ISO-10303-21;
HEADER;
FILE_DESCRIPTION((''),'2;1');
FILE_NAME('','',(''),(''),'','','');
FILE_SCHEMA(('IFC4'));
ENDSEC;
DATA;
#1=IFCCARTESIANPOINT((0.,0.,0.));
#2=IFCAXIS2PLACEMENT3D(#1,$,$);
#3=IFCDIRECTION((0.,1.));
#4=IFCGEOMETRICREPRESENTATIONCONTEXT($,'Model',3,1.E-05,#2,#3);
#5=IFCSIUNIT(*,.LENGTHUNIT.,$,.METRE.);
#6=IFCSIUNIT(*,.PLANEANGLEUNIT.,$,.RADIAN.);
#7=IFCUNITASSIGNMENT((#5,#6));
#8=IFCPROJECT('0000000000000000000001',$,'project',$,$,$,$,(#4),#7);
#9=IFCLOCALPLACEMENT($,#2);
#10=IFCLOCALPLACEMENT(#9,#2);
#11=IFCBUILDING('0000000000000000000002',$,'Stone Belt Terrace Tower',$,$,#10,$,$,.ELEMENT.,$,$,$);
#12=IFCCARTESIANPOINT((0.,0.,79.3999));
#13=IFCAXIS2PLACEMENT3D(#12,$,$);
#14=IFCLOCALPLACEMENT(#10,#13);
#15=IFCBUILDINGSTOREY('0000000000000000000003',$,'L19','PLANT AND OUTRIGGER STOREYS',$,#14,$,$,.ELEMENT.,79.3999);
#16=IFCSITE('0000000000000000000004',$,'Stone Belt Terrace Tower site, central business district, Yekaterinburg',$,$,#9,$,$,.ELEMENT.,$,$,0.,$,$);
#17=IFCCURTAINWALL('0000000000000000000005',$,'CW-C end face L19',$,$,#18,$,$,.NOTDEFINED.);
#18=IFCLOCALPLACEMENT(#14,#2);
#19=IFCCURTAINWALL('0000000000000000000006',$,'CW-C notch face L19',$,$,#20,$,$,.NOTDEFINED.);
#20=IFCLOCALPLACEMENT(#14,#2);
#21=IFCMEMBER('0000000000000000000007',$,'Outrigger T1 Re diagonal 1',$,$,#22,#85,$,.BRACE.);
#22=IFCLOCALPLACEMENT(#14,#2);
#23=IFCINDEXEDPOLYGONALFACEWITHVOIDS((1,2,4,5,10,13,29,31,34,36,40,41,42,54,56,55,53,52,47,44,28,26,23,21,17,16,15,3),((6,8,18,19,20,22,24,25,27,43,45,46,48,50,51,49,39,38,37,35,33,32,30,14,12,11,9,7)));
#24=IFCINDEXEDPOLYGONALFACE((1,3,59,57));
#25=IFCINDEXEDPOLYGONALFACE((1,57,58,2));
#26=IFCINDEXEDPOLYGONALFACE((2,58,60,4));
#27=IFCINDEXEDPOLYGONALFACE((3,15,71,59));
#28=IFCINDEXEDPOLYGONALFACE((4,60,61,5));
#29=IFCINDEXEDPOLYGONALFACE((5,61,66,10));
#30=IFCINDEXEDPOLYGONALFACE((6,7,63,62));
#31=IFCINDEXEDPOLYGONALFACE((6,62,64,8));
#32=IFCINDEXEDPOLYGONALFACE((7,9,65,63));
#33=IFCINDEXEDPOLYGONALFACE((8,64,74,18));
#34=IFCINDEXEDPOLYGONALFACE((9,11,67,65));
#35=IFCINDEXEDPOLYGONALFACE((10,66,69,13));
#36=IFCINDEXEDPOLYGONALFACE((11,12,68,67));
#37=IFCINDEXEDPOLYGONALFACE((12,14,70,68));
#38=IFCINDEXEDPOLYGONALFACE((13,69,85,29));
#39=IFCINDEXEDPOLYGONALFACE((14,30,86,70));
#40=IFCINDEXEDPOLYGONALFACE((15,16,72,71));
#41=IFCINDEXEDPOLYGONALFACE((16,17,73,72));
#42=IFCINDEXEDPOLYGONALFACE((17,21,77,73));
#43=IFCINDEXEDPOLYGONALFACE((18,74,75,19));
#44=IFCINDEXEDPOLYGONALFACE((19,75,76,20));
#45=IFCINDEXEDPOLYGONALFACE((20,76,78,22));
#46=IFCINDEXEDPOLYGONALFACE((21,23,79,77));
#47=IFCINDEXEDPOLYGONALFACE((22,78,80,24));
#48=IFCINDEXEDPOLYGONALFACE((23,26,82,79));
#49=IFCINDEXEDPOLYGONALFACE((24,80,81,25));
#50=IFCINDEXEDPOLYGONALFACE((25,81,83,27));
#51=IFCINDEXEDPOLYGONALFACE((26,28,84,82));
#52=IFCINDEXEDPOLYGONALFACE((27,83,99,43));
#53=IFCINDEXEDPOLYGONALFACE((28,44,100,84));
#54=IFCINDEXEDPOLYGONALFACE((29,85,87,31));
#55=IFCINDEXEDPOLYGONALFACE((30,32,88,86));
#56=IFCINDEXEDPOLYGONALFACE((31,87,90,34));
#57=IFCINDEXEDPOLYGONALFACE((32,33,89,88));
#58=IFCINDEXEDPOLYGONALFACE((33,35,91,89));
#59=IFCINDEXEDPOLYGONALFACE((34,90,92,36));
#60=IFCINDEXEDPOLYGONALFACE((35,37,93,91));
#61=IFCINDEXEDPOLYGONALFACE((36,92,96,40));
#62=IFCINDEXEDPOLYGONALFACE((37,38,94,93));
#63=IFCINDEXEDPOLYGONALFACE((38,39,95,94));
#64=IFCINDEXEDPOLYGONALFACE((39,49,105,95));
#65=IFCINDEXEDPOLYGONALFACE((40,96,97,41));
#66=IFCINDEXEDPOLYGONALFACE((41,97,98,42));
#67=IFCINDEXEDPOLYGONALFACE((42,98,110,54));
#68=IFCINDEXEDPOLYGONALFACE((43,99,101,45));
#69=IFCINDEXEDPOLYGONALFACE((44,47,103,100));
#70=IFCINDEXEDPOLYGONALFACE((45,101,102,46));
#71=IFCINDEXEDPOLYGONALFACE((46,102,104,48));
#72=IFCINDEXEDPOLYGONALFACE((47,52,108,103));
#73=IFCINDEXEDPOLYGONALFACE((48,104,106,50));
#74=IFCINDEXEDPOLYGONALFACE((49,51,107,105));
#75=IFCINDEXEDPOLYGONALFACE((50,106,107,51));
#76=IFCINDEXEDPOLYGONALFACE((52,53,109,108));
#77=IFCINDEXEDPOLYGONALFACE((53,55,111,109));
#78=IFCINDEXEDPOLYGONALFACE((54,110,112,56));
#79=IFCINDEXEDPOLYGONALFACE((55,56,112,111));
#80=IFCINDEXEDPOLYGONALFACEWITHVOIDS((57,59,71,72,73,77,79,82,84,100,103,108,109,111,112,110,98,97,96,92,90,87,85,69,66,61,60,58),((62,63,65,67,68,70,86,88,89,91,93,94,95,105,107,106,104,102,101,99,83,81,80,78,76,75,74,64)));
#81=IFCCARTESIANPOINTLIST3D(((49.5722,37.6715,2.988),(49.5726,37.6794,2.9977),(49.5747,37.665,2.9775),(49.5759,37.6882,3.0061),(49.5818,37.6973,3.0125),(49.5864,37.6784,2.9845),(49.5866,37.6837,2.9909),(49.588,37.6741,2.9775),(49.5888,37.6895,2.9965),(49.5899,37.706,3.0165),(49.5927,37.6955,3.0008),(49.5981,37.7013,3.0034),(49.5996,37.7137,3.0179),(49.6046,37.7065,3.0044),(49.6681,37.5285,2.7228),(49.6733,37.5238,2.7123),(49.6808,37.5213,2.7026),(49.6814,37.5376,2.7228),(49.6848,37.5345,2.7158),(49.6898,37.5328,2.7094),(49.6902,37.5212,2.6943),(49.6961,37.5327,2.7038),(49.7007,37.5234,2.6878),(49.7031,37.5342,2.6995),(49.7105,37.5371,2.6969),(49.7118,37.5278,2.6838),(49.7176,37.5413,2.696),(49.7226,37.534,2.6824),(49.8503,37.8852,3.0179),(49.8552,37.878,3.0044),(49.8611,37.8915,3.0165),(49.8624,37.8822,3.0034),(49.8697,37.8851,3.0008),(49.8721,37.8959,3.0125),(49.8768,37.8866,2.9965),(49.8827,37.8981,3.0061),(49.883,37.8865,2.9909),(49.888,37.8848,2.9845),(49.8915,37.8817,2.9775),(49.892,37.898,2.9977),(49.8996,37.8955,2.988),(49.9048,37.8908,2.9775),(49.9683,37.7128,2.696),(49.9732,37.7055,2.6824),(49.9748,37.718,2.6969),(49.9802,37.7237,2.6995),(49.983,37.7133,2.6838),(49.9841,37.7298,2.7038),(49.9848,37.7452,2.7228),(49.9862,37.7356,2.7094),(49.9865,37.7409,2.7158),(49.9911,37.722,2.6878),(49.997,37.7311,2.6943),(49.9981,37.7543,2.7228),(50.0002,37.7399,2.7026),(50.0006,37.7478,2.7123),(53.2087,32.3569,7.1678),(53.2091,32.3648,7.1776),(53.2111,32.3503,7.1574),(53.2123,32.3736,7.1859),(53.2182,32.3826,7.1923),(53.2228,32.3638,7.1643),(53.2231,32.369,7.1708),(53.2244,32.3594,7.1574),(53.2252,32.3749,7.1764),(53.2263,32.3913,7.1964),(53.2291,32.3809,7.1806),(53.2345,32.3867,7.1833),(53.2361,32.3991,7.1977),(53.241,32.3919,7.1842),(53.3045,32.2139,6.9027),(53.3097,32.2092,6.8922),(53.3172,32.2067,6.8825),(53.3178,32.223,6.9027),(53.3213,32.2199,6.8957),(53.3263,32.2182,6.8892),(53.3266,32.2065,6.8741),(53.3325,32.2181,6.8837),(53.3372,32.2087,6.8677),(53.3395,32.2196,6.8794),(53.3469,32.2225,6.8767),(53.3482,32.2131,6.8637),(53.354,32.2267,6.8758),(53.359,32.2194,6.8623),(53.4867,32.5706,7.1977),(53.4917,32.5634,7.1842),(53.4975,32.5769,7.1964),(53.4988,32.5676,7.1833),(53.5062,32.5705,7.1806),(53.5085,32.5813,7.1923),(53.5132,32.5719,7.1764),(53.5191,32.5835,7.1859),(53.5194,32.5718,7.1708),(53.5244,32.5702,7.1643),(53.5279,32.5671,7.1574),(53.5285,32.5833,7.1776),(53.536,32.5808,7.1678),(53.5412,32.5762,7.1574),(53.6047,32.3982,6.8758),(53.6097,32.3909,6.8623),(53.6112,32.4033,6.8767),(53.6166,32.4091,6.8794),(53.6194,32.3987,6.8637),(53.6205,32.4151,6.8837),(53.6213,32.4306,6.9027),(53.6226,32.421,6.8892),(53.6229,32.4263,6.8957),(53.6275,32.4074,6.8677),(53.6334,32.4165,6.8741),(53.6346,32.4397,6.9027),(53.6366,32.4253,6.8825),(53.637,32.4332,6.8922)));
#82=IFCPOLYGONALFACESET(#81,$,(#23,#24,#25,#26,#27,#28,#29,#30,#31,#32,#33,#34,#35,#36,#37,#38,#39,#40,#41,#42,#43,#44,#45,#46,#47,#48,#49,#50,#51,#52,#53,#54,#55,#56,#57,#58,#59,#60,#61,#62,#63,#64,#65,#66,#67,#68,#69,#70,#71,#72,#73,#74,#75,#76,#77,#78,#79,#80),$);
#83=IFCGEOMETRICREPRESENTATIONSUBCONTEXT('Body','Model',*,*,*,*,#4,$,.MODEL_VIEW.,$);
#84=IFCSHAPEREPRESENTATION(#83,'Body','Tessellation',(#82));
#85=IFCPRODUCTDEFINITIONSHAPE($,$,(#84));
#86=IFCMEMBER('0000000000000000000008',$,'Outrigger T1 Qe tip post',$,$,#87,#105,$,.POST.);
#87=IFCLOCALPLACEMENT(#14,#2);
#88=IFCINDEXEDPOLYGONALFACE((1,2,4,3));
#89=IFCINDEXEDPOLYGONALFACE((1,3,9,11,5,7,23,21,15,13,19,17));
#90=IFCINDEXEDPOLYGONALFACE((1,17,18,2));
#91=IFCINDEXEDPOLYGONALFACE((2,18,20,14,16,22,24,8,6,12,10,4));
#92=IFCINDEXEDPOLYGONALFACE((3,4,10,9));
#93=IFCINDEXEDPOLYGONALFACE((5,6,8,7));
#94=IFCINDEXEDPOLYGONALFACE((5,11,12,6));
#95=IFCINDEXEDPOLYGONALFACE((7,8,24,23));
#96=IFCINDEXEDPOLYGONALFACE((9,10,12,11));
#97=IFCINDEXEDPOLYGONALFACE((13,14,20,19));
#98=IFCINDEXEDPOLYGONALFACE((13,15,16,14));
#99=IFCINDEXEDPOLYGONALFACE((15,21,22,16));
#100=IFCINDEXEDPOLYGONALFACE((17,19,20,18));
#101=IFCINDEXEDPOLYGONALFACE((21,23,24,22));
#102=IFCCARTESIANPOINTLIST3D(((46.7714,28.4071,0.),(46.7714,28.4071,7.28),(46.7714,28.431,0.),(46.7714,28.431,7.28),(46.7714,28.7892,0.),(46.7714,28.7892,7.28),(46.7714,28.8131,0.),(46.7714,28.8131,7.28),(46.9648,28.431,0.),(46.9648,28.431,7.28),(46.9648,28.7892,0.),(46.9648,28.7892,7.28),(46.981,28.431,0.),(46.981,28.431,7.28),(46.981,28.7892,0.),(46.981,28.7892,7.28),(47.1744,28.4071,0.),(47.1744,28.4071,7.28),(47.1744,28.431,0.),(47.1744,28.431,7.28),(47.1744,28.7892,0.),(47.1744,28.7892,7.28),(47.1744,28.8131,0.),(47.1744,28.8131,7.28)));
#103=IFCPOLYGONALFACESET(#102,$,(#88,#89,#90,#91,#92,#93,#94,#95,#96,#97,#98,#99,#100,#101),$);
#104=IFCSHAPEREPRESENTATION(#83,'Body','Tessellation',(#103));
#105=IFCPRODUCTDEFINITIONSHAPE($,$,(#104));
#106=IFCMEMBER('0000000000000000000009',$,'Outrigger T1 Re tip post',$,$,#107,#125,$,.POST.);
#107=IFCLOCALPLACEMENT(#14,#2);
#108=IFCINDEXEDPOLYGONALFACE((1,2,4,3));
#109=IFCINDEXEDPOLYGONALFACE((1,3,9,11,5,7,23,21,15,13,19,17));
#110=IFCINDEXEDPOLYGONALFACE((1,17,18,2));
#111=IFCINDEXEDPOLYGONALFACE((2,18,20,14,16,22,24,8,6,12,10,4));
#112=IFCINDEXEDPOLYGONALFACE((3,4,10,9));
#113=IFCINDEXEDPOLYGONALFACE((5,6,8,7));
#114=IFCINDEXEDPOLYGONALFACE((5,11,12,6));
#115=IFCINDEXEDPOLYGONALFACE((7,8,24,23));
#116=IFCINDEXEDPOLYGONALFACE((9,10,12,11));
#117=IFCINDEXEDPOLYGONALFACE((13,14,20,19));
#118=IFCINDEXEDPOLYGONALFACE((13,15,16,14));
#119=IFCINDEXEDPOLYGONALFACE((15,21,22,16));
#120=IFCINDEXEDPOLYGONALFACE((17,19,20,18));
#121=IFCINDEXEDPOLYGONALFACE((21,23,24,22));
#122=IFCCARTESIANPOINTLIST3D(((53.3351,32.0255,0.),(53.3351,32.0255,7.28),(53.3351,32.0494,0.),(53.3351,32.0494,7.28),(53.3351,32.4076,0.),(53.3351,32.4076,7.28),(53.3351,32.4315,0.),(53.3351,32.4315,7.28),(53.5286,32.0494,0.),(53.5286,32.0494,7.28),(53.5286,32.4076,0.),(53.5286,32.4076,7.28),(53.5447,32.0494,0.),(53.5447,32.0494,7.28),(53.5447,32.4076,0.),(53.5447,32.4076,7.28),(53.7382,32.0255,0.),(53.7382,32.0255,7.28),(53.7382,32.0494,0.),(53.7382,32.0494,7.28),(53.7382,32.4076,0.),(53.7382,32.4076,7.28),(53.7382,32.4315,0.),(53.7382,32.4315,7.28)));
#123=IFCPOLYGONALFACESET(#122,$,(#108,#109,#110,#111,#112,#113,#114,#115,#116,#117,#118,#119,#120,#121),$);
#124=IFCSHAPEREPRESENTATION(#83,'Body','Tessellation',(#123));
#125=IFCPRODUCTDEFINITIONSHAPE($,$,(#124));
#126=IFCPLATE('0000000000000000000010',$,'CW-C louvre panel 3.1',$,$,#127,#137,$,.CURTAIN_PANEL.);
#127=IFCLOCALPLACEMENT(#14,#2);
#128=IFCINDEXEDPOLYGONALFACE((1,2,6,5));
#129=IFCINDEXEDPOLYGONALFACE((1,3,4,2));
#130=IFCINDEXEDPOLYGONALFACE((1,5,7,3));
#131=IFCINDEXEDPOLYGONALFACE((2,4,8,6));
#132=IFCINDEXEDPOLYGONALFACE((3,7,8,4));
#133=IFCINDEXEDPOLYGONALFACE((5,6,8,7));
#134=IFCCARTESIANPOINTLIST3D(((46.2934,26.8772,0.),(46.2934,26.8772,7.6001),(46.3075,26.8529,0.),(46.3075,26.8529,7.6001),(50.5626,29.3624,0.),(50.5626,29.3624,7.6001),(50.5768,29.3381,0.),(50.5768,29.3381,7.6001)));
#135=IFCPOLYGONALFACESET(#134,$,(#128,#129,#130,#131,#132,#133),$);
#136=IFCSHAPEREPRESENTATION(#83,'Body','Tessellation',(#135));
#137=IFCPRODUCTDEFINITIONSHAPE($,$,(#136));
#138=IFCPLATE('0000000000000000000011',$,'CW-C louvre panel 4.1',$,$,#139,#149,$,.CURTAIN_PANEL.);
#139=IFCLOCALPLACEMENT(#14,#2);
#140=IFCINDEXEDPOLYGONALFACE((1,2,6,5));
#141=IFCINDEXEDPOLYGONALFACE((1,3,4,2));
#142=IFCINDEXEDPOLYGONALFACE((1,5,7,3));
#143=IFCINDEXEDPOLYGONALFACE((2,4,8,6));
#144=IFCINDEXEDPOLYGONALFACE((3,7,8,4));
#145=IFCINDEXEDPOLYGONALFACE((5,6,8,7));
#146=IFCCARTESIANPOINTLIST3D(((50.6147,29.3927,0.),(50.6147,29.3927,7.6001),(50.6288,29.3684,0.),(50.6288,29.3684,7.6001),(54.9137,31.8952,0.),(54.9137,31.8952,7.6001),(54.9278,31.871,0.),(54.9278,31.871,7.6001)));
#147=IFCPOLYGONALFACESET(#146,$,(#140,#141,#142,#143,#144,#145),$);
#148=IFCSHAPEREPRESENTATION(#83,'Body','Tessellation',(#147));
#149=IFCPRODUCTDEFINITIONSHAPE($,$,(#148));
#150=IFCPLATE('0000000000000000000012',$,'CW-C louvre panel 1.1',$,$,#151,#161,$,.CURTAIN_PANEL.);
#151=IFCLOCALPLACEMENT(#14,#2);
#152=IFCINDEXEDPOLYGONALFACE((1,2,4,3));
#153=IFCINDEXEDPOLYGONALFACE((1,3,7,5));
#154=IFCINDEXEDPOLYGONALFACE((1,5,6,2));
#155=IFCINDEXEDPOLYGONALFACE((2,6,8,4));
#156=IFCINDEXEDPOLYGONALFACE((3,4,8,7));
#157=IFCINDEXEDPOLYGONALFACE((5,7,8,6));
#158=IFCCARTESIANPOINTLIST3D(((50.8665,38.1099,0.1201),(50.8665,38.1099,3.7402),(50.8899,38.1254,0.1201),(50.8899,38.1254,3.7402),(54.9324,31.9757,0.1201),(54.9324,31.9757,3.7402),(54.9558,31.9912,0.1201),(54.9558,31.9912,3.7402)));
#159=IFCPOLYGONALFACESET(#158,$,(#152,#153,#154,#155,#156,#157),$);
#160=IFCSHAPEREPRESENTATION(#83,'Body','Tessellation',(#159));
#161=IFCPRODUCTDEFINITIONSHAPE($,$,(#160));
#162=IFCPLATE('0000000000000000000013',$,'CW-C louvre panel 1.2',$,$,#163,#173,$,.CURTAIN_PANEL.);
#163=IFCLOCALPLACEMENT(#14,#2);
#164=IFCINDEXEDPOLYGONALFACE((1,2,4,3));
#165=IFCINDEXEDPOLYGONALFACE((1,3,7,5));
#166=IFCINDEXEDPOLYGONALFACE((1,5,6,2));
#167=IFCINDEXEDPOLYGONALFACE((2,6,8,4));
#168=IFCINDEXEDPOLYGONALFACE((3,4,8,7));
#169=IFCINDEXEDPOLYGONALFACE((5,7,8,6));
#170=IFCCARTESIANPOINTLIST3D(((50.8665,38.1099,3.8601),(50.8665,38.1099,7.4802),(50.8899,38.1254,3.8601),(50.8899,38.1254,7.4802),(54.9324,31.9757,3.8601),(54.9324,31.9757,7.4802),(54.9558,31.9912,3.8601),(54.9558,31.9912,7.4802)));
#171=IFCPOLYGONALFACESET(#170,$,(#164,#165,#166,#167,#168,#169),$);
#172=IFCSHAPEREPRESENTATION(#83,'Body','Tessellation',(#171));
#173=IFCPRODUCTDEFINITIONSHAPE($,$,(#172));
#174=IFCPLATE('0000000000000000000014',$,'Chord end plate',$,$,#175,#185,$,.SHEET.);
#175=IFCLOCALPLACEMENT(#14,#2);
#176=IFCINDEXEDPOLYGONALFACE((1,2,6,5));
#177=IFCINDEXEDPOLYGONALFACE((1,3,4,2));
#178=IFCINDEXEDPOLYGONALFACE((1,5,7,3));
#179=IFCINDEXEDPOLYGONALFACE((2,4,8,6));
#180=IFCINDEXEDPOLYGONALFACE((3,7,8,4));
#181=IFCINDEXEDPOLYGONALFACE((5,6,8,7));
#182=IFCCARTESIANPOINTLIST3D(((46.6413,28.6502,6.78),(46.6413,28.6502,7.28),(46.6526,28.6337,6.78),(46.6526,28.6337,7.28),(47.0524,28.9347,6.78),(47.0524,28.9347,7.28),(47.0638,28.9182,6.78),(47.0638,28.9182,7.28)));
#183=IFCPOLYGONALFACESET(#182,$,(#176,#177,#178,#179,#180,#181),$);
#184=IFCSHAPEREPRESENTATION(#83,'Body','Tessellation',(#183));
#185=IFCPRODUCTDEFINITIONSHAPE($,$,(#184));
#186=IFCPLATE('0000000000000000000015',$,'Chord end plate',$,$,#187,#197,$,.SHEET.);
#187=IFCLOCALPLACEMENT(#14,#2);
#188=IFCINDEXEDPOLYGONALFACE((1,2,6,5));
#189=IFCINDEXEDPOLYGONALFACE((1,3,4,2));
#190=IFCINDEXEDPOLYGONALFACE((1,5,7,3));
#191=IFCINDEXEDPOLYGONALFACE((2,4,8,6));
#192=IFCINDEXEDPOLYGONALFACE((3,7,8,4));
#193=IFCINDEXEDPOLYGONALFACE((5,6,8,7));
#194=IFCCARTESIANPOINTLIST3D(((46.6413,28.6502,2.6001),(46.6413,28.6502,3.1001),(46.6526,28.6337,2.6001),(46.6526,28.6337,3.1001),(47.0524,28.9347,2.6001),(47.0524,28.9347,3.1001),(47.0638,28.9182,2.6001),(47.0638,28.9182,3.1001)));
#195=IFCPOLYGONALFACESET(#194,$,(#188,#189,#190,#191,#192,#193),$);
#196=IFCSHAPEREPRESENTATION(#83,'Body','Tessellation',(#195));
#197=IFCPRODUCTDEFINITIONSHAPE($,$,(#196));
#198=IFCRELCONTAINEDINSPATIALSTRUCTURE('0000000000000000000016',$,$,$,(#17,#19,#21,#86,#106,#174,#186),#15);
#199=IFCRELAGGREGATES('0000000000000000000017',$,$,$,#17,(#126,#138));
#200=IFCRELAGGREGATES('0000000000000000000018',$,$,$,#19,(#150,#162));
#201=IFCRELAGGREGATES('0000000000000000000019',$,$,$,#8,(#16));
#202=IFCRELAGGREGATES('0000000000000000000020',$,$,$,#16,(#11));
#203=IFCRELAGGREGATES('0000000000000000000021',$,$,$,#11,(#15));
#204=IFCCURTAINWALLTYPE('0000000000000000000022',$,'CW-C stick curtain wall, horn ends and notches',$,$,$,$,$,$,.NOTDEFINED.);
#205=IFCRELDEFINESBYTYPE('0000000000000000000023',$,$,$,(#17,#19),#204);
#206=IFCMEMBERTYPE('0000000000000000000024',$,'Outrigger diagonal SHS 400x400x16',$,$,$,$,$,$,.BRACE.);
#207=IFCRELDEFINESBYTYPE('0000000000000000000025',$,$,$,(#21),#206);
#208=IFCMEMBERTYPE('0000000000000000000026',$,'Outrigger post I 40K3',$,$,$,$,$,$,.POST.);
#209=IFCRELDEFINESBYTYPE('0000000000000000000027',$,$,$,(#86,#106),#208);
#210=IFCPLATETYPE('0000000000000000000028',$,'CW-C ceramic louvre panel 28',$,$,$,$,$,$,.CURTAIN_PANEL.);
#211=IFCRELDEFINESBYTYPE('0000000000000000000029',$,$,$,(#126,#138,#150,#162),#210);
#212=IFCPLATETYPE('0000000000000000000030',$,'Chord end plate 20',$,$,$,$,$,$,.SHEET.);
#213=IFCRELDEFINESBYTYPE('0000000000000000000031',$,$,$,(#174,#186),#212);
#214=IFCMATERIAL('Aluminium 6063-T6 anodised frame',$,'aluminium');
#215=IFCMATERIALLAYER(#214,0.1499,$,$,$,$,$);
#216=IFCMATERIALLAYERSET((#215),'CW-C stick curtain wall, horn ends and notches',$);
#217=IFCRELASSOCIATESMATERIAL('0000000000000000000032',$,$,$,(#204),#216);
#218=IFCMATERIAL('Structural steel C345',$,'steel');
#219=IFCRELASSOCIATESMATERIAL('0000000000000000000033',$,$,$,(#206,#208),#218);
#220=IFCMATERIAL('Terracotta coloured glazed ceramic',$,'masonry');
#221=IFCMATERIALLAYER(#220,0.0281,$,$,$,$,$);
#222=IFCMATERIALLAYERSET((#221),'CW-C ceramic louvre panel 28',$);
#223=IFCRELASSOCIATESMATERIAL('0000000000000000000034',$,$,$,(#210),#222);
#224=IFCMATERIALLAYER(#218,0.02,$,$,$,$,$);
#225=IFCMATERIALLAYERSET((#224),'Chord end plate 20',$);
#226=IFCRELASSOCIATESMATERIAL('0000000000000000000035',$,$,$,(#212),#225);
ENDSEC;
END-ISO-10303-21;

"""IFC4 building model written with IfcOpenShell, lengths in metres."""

from ifc_helpers import new_model, si_unit, direction, frame, origin, origin_2d, place, context, subcontext, project, spatial, rectangle, hollow_rectangle, i_section, extrude, material, layer, layer_set, material_profile, profile_set, type_object, element, aggregate, save


model = new_model("IFC4")

# Units and contexts
model_context = context("Model", 3, precision=1e-05, world=origin(), true_north=direction((0.0, 1.0)))
body_context = subcontext(model_context, "Body", "Model", "MODEL_VIEW")
ifc_project = project(units=[si_unit("LENGTHUNIT", "METRE"), si_unit("PLANEANGLEUNIT", "RADIAN")], contexts=[model_context])

# Site, building, storey
site_placement = place(None, origin())
site = spatial("IfcSite", under=ifc_project, at=site_placement, Name="Stone Belt Terrace Tower site, central business district, Yekaterinburg", CompositionType="ELEMENT", RefElevation=0.0)
building_placement = place(site_placement, origin())
building = spatial("IfcBuilding", under=site, at=building_placement, Name="Stone Belt Terrace Tower", CompositionType="ELEMENT")
storey_placement = place(building_placement, frame((0.0, 0.0, 79.3999)))
storey = spatial("IfcBuildingStorey", under=building, at=storey_placement, Name="L19", Description="PLANT AND OUTRIGGER STOREYS", CompositionType="ELEMENT", Elevation=79.3999)

# Curtain wall
ifc_material_1 = material(Name="Aluminium 6063-T6 anodised frame", Category="aluminium")
ifc_layer_1 = layer(ifc_material_1, 0.1499)
ifc_layer_set_1 = layer_set([ifc_layer_1], Name="CW-C stick curtain wall, horn ends and notches")
curtain_wall_type = type_object("IfcCurtainWallType", Name="CW-C stick curtain wall, horn ends and notches", PredefinedType="NOTDEFINED", material=ifc_layer_set_1)
curtain_wall_1_placement = place(storey_placement, origin())
curtain_wall_1 = element("IfcCurtainWall", 1, at=curtain_wall_1_placement, inside=storey, type_object=curtain_wall_type, Name="CW-C end face L19", PredefinedType="NOTDEFINED")

# Curtain wall
curtain_wall_2_placement = place(storey_placement, origin())
curtain_wall_2 = element("IfcCurtainWall", 2, at=curtain_wall_2_placement, inside=storey, type_object=curtain_wall_type, Name="CW-C notch face L19", PredefinedType="NOTDEFINED")

# Members
ifc_material_2 = material(Name="Structural steel C345", Category="steel")
ifc_material_profile_1 = material_profile(ifc_material_2, hollow_rectangle(XDim=0.3999, YDim=0.3999, WallThickness=0.0161, InnerFilletRadius=0.032, OuterFilletRadius=0.0481, at=origin_2d()), Name="SHS 400x400x16")
ifc_profile_set_1 = profile_set([ifc_material_profile_1], Name="Structural steel C345")
member_type_1 = type_object("IfcMemberType", Name="Outrigger diagonal SHS 400x400x16", PredefinedType="BRACE", material=ifc_profile_set_1)
member_1_placement = place(storey_placement, frame((53.4229, 32.395, 7.03), z_axis=(-0.473662, 0.692256, -0.544449), x_axis=(-0.8253, -0.564695, 0.0)))
element("IfcMember", 3, at=member_1_placement, inside=storey, type_object=member_type_1, Name="Outrigger T1 Re diagonal 1", PredefinedType="BRACE", context=body_context, shape_type="SweptSolid", body=[
    extrude(hollow_rectangle(XDim=0.3999, YDim=0.3999, WallThickness=0.0161, InnerFilletRadius=0.032, OuterFilletRadius=0.0481, at=origin_2d()), origin(), (0.0, 0.0, 1.0), 7.6772),
])
ifc_material_profile_2 = material_profile(ifc_material_2, i_section(OverallWidth=0.4031, OverallDepth=0.406, WebThickness=0.0161, FlangeThickness=0.0239, at=origin_2d()), Name="I 40K3")
ifc_profile_set_2 = profile_set([ifc_material_profile_2], Name="Structural steel C345")
member_type_2 = type_object("IfcMemberType", Name="Outrigger post I 40K3", PredefinedType="POST", material=ifc_profile_set_2)
for number, where, z_axis, x_axis, name in (
    (4, (46.9729, 28.6101, 0.0), (0.0, 0.0, 1.0), (1.0, 0.0, 0.0), "Outrigger T1 Qe tip post"),
    (5, (53.5366, 32.2285, 0.0), (0.0, 0.0, 1.0), (1.0, 0.0, 0.0), "Outrigger T1 Re tip post"),
):
    element("IfcMember", number, at=place(storey_placement, frame(where, z_axis=z_axis, x_axis=x_axis)), inside=storey, type_object=member_type_2, Name=name, PredefinedType="POST", context=body_context, shape_type="SweptSolid", body=[
        extrude(i_section(OverallWidth=0.4031, OverallDepth=0.406, WebThickness=0.0161, FlangeThickness=0.0239, at=origin_2d()), origin(), (0.0, 0.0, 1.0), 7.28),
    ])

# Plates
ifc_material_3 = material(Name="Terracotta coloured glazed ceramic", Category="masonry")
ifc_layer_2 = layer(ifc_material_3, 0.0281)
ifc_layer_set_2 = layer_set([ifc_layer_2], Name="CW-C ceramic louvre panel 28")
plate_type_1 = type_object("IfcPlateType", Name="CW-C ceramic louvre panel 28", PredefinedType="CURTAIN_PANEL", material=ifc_layer_set_2)
plate_1_placement = place(storey_placement, frame((48.4351, 28.1077, 0.0), z_axis=(0.0, 0.0, 1.0), x_axis=(0.864239, 0.503081, 0.0)))
plate_1 = element("IfcPlate", 6, at=plate_1_placement, type_object=plate_type_1, Name="CW-C louvre panel 3.1", PredefinedType="CURTAIN_PANEL", context=body_context, shape_type="SweptSolid", body=[
    extrude(rectangle(XDim=4.9399, YDim=0.0281, at=origin_2d()), origin(), (0.0, 0.0, 1.0), 7.6001),
])
plate_2_placement = place(storey_placement, frame((52.7712, 30.6318, 0.0), z_axis=(0.0, 0.0, 1.0), x_axis=(0.864239, 0.503081, 0.0)))
plate_2 = element("IfcPlate", 7, at=plate_2_placement, type_object=plate_type_1, Name="CW-C louvre panel 4.1", PredefinedType="CURTAIN_PANEL", context=body_context, shape_type="SweptSolid", body=[
    extrude(rectangle(XDim=4.9744, YDim=0.0281, at=origin_2d()), origin(), (0.0, 0.0, 1.0), 7.6001),
])
aggregate(curtain_wall_1, [plate_1, plate_2])
plate_3_placement = place(storey_placement, frame((52.9111, 35.0505, 0.1201), z_axis=(0.0, 0.0, 1.0), x_axis=(-0.552484, 0.833523, 0.0)))
plate_3 = element("IfcPlate", 8, at=plate_3_placement, type_object=plate_type_1, Name="CW-C louvre panel 1.1", PredefinedType="CURTAIN_PANEL", context=body_context, shape_type="SweptSolid", body=[
    extrude(rectangle(XDim=7.3594, YDim=0.0281, at=origin_2d()), origin(), (0.0, 0.0, 1.0), 3.6201),
])
plate_4_placement = place(storey_placement, frame((52.9111, 35.0505, 3.8601), z_axis=(0.0, 0.0, 1.0), x_axis=(-0.552484, 0.833523, 0.0)))
plate_4 = element("IfcPlate", 9, at=plate_4_placement, type_object=plate_type_1, Name="CW-C louvre panel 1.2", PredefinedType="CURTAIN_PANEL", context=body_context, shape_type="SweptSolid", body=[
    extrude(rectangle(XDim=7.3594, YDim=0.0281, at=origin_2d()), origin(), (0.0, 0.0, 1.0), 3.6201),
])
aggregate(curtain_wall_2, [plate_3, plate_4])

# Plates
ifc_layer_3 = layer(ifc_material_2, 0.02)
ifc_layer_set_3 = layer_set([ifc_layer_3], Name="Chord end plate 20")
plate_type_2 = type_object("IfcPlateType", Name="Chord end plate 20", PredefinedType="SHEET", material=ifc_layer_set_3)
for number, where, z_axis, x_axis, name in (
    (10, (46.8525, 28.7842, 6.78), (0.0, 0.0, 1.0), (0.568968, -0.82236, 0.0), "Chord end plate"),
    (11, (46.8525, 28.7842, 2.6001), (0.0, 0.0, 1.0), (0.568968, -0.82236, 0.0), "Chord end plate"),
):
    element("IfcPlate", number, at=place(storey_placement, frame(where, z_axis=z_axis, x_axis=x_axis)), inside=storey, type_object=plate_type_2, Name=name, PredefinedType="SHEET", context=body_context, shape_type="SweptSolid", body=[
        extrude(rectangle(XDim=0.02, YDim=0.5, at=origin_2d()), origin(), (0.0, 0.0, 1.0), 0.5),
    ])

save(model, "model.ifc")
